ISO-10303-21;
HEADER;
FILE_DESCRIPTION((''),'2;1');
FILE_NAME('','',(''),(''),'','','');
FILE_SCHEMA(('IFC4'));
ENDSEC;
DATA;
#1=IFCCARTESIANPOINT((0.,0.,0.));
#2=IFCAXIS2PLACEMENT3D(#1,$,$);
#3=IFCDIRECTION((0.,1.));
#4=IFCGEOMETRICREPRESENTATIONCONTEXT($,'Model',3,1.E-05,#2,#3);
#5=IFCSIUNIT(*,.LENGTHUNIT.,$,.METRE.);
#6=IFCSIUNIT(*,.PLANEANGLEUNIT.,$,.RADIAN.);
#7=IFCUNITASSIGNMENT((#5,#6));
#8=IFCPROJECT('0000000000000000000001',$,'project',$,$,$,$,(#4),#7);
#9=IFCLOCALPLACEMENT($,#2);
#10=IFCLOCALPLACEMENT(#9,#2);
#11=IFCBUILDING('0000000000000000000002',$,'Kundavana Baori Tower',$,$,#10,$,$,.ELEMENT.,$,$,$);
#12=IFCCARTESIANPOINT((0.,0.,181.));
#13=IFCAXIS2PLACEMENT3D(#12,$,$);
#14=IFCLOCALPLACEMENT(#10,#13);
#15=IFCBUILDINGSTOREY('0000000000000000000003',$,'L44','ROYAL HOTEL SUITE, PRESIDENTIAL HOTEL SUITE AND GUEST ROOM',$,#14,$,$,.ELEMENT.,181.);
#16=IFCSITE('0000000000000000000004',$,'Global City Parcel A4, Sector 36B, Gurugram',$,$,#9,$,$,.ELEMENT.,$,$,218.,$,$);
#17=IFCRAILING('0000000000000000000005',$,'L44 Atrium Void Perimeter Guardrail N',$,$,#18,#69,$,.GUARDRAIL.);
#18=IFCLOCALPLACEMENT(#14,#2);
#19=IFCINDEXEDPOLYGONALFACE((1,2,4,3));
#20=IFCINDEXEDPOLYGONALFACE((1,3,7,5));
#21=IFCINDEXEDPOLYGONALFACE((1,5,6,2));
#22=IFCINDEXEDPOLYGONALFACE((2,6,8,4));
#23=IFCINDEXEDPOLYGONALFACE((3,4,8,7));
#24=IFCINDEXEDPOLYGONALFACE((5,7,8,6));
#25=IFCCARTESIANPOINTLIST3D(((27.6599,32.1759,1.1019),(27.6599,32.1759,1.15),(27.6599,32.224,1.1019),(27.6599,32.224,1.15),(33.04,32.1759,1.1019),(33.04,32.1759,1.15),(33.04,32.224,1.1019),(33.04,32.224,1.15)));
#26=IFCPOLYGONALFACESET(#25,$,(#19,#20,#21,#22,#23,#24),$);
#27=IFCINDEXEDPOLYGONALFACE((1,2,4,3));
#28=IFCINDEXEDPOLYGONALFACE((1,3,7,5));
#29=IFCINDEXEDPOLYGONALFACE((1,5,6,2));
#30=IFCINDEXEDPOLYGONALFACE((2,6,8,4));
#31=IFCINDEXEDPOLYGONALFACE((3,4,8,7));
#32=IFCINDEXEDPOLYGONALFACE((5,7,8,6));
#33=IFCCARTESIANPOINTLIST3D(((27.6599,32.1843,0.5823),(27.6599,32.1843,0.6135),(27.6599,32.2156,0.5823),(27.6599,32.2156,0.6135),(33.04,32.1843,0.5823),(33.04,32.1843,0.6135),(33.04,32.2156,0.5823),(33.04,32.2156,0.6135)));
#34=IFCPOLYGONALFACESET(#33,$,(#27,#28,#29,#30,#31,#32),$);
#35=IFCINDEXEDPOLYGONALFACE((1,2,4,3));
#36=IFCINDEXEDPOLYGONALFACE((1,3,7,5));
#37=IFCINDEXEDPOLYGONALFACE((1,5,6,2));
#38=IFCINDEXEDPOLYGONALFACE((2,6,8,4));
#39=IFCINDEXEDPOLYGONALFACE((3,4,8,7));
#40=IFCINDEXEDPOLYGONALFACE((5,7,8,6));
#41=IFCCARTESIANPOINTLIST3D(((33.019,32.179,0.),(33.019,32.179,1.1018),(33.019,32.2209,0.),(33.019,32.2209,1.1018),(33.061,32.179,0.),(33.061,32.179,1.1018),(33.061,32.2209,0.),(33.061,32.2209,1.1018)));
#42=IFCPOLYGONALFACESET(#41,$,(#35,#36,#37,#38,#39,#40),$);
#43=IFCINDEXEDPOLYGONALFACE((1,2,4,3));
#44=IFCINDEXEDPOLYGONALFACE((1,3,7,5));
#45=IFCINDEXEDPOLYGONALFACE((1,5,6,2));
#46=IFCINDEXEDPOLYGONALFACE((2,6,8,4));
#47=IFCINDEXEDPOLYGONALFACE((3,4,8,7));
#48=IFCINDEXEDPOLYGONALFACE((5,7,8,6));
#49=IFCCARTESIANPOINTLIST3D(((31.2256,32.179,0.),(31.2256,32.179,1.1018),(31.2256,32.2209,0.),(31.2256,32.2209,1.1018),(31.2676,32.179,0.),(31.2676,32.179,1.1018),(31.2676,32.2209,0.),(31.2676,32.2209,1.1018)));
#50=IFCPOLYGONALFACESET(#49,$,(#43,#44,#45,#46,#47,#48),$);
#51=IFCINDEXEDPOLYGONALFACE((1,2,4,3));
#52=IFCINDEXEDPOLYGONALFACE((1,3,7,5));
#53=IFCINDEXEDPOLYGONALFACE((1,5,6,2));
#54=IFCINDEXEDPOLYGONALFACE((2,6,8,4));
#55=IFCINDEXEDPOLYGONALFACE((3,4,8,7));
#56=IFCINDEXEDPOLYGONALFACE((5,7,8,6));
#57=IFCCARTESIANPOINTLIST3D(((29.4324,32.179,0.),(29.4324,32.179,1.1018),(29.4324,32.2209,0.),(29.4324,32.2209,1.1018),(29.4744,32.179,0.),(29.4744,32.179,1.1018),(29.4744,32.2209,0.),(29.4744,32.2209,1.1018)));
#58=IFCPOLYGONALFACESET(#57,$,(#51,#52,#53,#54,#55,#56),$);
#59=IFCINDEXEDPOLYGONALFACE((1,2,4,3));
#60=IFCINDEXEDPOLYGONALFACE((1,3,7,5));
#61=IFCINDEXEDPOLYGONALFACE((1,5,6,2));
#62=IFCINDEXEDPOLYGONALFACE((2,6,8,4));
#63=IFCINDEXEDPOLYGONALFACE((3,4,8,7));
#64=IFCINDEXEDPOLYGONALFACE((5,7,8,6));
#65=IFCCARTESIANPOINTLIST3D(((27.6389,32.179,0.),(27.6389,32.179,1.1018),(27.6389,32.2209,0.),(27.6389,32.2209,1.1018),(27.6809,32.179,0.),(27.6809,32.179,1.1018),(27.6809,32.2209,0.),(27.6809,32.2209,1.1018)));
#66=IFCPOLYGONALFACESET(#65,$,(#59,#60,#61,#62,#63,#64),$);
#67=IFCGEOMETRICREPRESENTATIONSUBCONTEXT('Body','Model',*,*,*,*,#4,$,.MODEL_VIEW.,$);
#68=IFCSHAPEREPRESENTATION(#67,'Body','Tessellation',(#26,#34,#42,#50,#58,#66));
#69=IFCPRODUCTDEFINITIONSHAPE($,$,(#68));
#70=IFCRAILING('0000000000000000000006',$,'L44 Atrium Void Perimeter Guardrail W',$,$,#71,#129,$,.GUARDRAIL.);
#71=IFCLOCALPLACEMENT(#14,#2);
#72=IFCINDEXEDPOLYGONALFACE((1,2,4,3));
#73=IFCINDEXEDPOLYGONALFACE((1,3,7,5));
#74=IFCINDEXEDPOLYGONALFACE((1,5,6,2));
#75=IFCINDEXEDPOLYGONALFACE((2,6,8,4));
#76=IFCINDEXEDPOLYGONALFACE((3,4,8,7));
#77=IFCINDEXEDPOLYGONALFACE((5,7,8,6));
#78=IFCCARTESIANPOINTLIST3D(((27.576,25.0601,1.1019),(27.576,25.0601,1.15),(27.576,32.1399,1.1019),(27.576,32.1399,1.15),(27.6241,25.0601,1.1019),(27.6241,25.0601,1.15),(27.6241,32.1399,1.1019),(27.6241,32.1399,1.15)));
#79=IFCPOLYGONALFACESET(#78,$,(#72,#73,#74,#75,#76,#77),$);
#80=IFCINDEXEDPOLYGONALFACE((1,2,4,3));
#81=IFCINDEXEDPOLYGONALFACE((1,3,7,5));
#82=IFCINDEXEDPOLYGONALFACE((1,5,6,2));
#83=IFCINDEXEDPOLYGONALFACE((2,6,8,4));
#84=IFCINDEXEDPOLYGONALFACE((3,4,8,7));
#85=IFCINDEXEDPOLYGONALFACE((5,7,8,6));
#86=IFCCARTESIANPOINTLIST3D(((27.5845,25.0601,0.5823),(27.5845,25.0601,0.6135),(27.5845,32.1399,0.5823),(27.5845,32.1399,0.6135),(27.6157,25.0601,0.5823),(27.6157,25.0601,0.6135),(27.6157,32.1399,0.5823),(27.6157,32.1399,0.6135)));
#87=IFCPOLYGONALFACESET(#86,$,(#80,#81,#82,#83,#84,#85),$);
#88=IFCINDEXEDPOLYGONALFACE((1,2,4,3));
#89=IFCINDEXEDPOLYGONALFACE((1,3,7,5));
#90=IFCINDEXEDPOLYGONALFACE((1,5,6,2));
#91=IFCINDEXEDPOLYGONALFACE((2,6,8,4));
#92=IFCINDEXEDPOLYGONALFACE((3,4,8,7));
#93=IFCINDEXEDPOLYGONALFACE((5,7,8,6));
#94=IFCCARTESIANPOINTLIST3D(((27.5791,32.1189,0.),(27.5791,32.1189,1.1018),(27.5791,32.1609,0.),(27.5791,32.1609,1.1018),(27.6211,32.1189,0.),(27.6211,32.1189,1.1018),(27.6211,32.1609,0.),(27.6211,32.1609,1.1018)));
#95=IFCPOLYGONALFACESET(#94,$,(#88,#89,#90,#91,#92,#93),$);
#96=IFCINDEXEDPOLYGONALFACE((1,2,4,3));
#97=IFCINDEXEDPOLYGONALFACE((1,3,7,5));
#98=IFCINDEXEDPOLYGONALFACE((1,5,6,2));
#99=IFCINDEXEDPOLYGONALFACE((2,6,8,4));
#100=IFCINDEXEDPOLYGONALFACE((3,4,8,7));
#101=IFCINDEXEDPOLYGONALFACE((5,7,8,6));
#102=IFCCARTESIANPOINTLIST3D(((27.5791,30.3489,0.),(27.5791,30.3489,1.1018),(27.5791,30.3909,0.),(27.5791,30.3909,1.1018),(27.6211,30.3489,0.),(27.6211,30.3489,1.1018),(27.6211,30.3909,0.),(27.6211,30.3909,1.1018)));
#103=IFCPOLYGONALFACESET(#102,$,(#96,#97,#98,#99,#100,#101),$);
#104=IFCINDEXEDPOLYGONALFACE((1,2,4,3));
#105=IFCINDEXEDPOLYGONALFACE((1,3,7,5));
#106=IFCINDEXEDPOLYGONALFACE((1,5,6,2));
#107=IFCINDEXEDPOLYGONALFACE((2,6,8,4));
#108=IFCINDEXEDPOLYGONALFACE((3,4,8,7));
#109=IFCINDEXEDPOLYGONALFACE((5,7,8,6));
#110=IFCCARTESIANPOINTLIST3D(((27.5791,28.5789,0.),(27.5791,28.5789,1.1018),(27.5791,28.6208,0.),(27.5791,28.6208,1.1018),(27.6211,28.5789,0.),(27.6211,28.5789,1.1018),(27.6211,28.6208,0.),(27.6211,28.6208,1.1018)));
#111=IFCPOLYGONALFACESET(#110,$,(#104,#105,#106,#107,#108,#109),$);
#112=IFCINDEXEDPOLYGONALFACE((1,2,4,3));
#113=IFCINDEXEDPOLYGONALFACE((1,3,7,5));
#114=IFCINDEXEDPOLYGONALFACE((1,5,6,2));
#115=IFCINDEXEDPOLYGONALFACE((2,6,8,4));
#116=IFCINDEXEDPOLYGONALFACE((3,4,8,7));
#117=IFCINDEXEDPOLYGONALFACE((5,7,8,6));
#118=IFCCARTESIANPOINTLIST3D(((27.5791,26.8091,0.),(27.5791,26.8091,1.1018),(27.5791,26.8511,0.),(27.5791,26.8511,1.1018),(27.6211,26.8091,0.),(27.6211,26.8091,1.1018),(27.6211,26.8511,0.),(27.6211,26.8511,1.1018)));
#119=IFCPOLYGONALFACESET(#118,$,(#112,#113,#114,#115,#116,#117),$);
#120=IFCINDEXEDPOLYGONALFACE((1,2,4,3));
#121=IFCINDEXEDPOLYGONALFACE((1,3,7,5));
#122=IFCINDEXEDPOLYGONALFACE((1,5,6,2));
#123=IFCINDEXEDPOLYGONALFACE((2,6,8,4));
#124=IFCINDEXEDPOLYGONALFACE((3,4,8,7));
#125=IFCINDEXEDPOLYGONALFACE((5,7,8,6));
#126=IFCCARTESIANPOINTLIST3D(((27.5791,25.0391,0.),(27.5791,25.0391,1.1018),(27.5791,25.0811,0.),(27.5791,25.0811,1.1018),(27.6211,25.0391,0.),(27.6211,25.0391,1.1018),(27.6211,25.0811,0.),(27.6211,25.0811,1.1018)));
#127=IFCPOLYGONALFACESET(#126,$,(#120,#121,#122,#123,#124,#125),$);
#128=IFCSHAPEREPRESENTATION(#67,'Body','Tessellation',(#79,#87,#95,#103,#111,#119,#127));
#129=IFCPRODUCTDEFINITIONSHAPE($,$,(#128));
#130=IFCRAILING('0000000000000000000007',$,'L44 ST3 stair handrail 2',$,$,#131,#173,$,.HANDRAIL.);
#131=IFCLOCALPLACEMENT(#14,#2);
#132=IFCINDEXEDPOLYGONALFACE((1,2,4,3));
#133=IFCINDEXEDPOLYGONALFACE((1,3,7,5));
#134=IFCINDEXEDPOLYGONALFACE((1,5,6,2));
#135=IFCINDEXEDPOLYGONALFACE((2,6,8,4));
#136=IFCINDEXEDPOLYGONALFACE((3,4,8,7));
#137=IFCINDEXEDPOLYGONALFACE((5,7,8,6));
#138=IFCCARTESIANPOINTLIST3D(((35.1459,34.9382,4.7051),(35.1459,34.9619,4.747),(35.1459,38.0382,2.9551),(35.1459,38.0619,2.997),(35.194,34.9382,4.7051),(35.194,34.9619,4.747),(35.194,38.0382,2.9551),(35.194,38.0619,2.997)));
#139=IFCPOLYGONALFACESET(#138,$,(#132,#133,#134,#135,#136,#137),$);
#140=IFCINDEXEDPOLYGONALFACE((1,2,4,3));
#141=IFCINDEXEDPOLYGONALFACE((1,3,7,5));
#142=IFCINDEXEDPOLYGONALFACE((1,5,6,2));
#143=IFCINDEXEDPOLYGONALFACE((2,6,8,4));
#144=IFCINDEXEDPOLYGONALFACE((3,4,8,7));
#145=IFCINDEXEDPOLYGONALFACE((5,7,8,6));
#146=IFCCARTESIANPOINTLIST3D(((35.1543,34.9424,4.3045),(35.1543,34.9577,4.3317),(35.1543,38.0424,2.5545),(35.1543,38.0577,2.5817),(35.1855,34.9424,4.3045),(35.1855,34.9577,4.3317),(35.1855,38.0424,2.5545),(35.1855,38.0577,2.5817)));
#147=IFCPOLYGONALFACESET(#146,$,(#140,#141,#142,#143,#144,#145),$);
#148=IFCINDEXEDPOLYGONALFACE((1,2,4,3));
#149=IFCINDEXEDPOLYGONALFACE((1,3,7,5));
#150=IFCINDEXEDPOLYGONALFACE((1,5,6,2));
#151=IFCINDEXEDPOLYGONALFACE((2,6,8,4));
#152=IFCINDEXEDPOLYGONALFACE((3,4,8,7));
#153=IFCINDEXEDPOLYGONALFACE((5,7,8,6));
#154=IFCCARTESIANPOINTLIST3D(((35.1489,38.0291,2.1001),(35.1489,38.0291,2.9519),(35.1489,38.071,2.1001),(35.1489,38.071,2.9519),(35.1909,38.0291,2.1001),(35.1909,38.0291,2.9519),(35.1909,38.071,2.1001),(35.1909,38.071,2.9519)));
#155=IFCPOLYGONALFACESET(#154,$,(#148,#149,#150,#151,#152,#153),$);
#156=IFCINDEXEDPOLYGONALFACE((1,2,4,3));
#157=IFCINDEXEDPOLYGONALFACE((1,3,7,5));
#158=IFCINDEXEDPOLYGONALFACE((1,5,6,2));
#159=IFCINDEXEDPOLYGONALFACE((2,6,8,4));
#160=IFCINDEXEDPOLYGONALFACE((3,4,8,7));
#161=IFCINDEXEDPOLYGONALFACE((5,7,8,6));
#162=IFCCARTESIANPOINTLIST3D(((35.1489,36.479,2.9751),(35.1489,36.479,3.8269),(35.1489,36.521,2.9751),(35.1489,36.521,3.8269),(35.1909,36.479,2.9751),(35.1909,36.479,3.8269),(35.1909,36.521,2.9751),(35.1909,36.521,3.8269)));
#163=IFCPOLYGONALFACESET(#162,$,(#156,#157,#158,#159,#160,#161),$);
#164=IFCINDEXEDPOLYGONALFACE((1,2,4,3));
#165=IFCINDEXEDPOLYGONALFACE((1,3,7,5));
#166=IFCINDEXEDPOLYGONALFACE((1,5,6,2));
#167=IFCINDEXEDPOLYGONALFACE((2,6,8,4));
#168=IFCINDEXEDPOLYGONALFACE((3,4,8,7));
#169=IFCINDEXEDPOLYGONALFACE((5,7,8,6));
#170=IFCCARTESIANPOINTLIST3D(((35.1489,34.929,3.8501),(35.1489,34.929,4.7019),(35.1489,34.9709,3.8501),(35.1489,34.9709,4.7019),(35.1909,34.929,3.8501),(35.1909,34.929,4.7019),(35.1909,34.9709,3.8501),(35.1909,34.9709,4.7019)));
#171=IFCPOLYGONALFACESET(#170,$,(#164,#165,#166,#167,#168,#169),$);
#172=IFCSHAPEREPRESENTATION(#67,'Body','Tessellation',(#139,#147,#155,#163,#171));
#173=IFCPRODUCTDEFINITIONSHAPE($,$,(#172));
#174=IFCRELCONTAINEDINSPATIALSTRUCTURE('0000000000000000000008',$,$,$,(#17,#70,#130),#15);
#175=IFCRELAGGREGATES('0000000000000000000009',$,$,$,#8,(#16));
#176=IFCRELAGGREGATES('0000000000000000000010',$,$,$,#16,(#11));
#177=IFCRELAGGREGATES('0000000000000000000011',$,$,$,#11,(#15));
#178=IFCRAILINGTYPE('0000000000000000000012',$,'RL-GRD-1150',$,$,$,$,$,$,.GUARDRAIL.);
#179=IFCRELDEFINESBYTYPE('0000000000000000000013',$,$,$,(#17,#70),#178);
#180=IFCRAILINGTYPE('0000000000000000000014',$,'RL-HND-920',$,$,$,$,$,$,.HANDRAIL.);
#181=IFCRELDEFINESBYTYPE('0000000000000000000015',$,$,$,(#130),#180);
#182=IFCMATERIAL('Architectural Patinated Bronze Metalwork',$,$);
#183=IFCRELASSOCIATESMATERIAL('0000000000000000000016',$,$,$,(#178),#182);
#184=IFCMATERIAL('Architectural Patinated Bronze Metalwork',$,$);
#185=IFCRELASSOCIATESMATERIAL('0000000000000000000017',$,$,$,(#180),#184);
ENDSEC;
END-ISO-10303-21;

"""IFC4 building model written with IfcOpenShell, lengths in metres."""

from ifc_helpers import new_model, si_unit, direction, frame, origin, origin_2d, place, context, subcontext, project, spatial, rectangle, extrude, material, type_object, element, save


model = new_model("IFC4")

# Units and contexts
model_context = context("Model", 3, precision=1e-05, world=origin(), true_north=direction((0.0, 1.0)))
body_context = subcontext(model_context, "Body", "Model", "MODEL_VIEW")
ifc_project = project(units=[si_unit("LENGTHUNIT", "METRE"), si_unit("PLANEANGLEUNIT", "RADIAN")], contexts=[model_context])

# Site, building, storey
site_placement = place(None, origin())
site = spatial("IfcSite", under=ifc_project, at=site_placement, Name="Global City Parcel A4, Sector 36B, Gurugram", CompositionType="ELEMENT", RefElevation=218.0)
building_placement = place(site_placement, origin())
building = spatial("IfcBuilding", under=site, at=building_placement, Name="Kundavana Baori Tower", CompositionType="ELEMENT")
storey_placement = place(building_placement, frame((0.0, 0.0, 181.0)))
storey = spatial("IfcBuildingStorey", under=building, at=storey_placement, Name="L44", Description="ROYAL HOTEL SUITE, PRESIDENTIAL HOTEL SUITE AND GUEST ROOM", CompositionType="ELEMENT", Elevation=181.0)

# Railings
ifc_material_1 = material(Name="Architectural Patinated Bronze Metalwork")
railing_type_1 = type_object("IfcRailingType", Name="RL-GRD-1150", PredefinedType="GUARDRAIL", material=ifc_material_1)
railing_1_placement = place(storey_placement, frame((33.04, 32.2, 0.0)))
element("IfcRailing", 1, at=railing_1_placement, inside=storey, type_object=railing_type_1, Name="L44 Atrium Void Perimeter Guardrail N", PredefinedType="GUARDRAIL", context=body_context, shape_type="SweptSolid", body=[
    extrude(rectangle(XDim=0.0481, YDim=0.0481, at=origin_2d()), frame((0.0, 0.0, 1.126), z_axis=(-1.0, 0.0, 0.0), x_axis=(0.0, -1.0, 0.0)), (0.0, 0.0, 1.0), 5.3801),
    extrude(rectangle(XDim=0.0312, YDim=0.0312, at=origin_2d()), frame((0.0, 0.0, 0.5979), z_axis=(-1.0, 0.0, 0.0), x_axis=(0.0, -1.0, 0.0)), (0.0, 0.0, 1.0), 5.3801),
    extrude(rectangle(XDim=0.042, YDim=0.042, at=origin_2d()), origin(), (0.0, 0.0, 1.0), 1.1018),
    extrude(rectangle(XDim=0.042, YDim=0.042, at=origin_2d()), frame((-1.7935, 0.0, 0.0)), (0.0, 0.0, 1.0), 1.1018),
    extrude(rectangle(XDim=0.042, YDim=0.042, at=origin_2d()), frame((-3.5867, 0.0, 0.0)), (0.0, 0.0, 1.0), 1.1018),
    extrude(rectangle(XDim=0.042, YDim=0.042, at=origin_2d()), frame((-5.3801, 0.0, 0.0)), (0.0, 0.0, 1.0), 1.1018),
])
railing_2_placement = place(storey_placement, frame((27.6001, 32.1399, 0.0)))
element("IfcRailing", 2, at=railing_2_placement, inside=storey, type_object=railing_type_1, Name="L44 Atrium Void Perimeter Guardrail W", PredefinedType="GUARDRAIL", context=body_context, shape_type="SweptSolid", body=[
    extrude(rectangle(XDim=0.0481, YDim=0.0481, at=origin_2d()), frame((0.0, 0.0, 1.126), z_axis=(0.0, -1.0, 0.0), x_axis=(1.0, 0.0, 0.0)), (0.0, 0.0, 1.0), 7.0798),
    extrude(rectangle(XDim=0.0312, YDim=0.0312, at=origin_2d()), frame((0.0, 0.0, 0.5979), z_axis=(0.0, -1.0, 0.0), x_axis=(1.0, 0.0, 0.0)), (0.0, 0.0, 1.0), 7.0798),
    extrude(rectangle(XDim=0.042, YDim=0.042, at=origin_2d()), origin(), (0.0, 0.0, 1.0), 1.1018),
    extrude(rectangle(XDim=0.042, YDim=0.042, at=origin_2d()), frame((0.0, -1.77, 0.0)), (0.0, 0.0, 1.0), 1.1018),
    extrude(rectangle(XDim=0.042, YDim=0.042, at=origin_2d()), frame((0.0, -3.54, 0.0)), (0.0, 0.0, 1.0), 1.1018),
    extrude(rectangle(XDim=0.042, YDim=0.042, at=origin_2d()), frame((0.0, -5.3098, 0.0)), (0.0, 0.0, 1.0), 1.1018),
    extrude(rectangle(XDim=0.042, YDim=0.042, at=origin_2d()), frame((0.0, -7.0798, 0.0)), (0.0, 0.0, 1.0), 1.1018),
])
ifc_material_2 = material(Name="Architectural Patinated Bronze Metalwork")
railing_type_2 = type_object("IfcRailingType", Name="RL-HND-920", PredefinedType="HANDRAIL", material=ifc_material_2)
railing_3_placement = place(storey_placement, frame((35.1699, 38.05, 2.1001)))
element("IfcRailing", 3, at=railing_3_placement, inside=storey, type_object=railing_type_2, Name="L44 ST3 stair handrail 2", PredefinedType="HANDRAIL", context=body_context, shape_type="SweptSolid", body=[
    extrude(rectangle(XDim=0.0481, YDim=0.0481, at=origin_2d()), frame((0.0, 0.0, 0.876), z_axis=(0.0, -0.870831, 0.491583), x_axis=(1.0, 0.0, 0.0)), (0.0, 0.0, 1.0), 3.5598),
    extrude(rectangle(XDim=0.0312, YDim=0.0312, at=origin_2d()), frame((0.0, 0.0, 0.468), z_axis=(0.0, -0.870831, 0.491583), x_axis=(1.0, 0.0, 0.0)), (0.0, 0.0, 1.0), 3.5598),
    extrude(rectangle(XDim=0.042, YDim=0.042, at=origin_2d()), origin(), (0.0, 0.0, 1.0), 0.8518),
    extrude(rectangle(XDim=0.042, YDim=0.042, at=origin_2d()), frame((0.0, -1.55, 0.875)), (0.0, 0.0, 1.0), 0.8518),
    extrude(rectangle(XDim=0.042, YDim=0.042, at=origin_2d()), frame((0.0, -3.1001, 1.75)), (0.0, 0.0, 1.0), 0.8518),
])

save(model, "model.ifc")
